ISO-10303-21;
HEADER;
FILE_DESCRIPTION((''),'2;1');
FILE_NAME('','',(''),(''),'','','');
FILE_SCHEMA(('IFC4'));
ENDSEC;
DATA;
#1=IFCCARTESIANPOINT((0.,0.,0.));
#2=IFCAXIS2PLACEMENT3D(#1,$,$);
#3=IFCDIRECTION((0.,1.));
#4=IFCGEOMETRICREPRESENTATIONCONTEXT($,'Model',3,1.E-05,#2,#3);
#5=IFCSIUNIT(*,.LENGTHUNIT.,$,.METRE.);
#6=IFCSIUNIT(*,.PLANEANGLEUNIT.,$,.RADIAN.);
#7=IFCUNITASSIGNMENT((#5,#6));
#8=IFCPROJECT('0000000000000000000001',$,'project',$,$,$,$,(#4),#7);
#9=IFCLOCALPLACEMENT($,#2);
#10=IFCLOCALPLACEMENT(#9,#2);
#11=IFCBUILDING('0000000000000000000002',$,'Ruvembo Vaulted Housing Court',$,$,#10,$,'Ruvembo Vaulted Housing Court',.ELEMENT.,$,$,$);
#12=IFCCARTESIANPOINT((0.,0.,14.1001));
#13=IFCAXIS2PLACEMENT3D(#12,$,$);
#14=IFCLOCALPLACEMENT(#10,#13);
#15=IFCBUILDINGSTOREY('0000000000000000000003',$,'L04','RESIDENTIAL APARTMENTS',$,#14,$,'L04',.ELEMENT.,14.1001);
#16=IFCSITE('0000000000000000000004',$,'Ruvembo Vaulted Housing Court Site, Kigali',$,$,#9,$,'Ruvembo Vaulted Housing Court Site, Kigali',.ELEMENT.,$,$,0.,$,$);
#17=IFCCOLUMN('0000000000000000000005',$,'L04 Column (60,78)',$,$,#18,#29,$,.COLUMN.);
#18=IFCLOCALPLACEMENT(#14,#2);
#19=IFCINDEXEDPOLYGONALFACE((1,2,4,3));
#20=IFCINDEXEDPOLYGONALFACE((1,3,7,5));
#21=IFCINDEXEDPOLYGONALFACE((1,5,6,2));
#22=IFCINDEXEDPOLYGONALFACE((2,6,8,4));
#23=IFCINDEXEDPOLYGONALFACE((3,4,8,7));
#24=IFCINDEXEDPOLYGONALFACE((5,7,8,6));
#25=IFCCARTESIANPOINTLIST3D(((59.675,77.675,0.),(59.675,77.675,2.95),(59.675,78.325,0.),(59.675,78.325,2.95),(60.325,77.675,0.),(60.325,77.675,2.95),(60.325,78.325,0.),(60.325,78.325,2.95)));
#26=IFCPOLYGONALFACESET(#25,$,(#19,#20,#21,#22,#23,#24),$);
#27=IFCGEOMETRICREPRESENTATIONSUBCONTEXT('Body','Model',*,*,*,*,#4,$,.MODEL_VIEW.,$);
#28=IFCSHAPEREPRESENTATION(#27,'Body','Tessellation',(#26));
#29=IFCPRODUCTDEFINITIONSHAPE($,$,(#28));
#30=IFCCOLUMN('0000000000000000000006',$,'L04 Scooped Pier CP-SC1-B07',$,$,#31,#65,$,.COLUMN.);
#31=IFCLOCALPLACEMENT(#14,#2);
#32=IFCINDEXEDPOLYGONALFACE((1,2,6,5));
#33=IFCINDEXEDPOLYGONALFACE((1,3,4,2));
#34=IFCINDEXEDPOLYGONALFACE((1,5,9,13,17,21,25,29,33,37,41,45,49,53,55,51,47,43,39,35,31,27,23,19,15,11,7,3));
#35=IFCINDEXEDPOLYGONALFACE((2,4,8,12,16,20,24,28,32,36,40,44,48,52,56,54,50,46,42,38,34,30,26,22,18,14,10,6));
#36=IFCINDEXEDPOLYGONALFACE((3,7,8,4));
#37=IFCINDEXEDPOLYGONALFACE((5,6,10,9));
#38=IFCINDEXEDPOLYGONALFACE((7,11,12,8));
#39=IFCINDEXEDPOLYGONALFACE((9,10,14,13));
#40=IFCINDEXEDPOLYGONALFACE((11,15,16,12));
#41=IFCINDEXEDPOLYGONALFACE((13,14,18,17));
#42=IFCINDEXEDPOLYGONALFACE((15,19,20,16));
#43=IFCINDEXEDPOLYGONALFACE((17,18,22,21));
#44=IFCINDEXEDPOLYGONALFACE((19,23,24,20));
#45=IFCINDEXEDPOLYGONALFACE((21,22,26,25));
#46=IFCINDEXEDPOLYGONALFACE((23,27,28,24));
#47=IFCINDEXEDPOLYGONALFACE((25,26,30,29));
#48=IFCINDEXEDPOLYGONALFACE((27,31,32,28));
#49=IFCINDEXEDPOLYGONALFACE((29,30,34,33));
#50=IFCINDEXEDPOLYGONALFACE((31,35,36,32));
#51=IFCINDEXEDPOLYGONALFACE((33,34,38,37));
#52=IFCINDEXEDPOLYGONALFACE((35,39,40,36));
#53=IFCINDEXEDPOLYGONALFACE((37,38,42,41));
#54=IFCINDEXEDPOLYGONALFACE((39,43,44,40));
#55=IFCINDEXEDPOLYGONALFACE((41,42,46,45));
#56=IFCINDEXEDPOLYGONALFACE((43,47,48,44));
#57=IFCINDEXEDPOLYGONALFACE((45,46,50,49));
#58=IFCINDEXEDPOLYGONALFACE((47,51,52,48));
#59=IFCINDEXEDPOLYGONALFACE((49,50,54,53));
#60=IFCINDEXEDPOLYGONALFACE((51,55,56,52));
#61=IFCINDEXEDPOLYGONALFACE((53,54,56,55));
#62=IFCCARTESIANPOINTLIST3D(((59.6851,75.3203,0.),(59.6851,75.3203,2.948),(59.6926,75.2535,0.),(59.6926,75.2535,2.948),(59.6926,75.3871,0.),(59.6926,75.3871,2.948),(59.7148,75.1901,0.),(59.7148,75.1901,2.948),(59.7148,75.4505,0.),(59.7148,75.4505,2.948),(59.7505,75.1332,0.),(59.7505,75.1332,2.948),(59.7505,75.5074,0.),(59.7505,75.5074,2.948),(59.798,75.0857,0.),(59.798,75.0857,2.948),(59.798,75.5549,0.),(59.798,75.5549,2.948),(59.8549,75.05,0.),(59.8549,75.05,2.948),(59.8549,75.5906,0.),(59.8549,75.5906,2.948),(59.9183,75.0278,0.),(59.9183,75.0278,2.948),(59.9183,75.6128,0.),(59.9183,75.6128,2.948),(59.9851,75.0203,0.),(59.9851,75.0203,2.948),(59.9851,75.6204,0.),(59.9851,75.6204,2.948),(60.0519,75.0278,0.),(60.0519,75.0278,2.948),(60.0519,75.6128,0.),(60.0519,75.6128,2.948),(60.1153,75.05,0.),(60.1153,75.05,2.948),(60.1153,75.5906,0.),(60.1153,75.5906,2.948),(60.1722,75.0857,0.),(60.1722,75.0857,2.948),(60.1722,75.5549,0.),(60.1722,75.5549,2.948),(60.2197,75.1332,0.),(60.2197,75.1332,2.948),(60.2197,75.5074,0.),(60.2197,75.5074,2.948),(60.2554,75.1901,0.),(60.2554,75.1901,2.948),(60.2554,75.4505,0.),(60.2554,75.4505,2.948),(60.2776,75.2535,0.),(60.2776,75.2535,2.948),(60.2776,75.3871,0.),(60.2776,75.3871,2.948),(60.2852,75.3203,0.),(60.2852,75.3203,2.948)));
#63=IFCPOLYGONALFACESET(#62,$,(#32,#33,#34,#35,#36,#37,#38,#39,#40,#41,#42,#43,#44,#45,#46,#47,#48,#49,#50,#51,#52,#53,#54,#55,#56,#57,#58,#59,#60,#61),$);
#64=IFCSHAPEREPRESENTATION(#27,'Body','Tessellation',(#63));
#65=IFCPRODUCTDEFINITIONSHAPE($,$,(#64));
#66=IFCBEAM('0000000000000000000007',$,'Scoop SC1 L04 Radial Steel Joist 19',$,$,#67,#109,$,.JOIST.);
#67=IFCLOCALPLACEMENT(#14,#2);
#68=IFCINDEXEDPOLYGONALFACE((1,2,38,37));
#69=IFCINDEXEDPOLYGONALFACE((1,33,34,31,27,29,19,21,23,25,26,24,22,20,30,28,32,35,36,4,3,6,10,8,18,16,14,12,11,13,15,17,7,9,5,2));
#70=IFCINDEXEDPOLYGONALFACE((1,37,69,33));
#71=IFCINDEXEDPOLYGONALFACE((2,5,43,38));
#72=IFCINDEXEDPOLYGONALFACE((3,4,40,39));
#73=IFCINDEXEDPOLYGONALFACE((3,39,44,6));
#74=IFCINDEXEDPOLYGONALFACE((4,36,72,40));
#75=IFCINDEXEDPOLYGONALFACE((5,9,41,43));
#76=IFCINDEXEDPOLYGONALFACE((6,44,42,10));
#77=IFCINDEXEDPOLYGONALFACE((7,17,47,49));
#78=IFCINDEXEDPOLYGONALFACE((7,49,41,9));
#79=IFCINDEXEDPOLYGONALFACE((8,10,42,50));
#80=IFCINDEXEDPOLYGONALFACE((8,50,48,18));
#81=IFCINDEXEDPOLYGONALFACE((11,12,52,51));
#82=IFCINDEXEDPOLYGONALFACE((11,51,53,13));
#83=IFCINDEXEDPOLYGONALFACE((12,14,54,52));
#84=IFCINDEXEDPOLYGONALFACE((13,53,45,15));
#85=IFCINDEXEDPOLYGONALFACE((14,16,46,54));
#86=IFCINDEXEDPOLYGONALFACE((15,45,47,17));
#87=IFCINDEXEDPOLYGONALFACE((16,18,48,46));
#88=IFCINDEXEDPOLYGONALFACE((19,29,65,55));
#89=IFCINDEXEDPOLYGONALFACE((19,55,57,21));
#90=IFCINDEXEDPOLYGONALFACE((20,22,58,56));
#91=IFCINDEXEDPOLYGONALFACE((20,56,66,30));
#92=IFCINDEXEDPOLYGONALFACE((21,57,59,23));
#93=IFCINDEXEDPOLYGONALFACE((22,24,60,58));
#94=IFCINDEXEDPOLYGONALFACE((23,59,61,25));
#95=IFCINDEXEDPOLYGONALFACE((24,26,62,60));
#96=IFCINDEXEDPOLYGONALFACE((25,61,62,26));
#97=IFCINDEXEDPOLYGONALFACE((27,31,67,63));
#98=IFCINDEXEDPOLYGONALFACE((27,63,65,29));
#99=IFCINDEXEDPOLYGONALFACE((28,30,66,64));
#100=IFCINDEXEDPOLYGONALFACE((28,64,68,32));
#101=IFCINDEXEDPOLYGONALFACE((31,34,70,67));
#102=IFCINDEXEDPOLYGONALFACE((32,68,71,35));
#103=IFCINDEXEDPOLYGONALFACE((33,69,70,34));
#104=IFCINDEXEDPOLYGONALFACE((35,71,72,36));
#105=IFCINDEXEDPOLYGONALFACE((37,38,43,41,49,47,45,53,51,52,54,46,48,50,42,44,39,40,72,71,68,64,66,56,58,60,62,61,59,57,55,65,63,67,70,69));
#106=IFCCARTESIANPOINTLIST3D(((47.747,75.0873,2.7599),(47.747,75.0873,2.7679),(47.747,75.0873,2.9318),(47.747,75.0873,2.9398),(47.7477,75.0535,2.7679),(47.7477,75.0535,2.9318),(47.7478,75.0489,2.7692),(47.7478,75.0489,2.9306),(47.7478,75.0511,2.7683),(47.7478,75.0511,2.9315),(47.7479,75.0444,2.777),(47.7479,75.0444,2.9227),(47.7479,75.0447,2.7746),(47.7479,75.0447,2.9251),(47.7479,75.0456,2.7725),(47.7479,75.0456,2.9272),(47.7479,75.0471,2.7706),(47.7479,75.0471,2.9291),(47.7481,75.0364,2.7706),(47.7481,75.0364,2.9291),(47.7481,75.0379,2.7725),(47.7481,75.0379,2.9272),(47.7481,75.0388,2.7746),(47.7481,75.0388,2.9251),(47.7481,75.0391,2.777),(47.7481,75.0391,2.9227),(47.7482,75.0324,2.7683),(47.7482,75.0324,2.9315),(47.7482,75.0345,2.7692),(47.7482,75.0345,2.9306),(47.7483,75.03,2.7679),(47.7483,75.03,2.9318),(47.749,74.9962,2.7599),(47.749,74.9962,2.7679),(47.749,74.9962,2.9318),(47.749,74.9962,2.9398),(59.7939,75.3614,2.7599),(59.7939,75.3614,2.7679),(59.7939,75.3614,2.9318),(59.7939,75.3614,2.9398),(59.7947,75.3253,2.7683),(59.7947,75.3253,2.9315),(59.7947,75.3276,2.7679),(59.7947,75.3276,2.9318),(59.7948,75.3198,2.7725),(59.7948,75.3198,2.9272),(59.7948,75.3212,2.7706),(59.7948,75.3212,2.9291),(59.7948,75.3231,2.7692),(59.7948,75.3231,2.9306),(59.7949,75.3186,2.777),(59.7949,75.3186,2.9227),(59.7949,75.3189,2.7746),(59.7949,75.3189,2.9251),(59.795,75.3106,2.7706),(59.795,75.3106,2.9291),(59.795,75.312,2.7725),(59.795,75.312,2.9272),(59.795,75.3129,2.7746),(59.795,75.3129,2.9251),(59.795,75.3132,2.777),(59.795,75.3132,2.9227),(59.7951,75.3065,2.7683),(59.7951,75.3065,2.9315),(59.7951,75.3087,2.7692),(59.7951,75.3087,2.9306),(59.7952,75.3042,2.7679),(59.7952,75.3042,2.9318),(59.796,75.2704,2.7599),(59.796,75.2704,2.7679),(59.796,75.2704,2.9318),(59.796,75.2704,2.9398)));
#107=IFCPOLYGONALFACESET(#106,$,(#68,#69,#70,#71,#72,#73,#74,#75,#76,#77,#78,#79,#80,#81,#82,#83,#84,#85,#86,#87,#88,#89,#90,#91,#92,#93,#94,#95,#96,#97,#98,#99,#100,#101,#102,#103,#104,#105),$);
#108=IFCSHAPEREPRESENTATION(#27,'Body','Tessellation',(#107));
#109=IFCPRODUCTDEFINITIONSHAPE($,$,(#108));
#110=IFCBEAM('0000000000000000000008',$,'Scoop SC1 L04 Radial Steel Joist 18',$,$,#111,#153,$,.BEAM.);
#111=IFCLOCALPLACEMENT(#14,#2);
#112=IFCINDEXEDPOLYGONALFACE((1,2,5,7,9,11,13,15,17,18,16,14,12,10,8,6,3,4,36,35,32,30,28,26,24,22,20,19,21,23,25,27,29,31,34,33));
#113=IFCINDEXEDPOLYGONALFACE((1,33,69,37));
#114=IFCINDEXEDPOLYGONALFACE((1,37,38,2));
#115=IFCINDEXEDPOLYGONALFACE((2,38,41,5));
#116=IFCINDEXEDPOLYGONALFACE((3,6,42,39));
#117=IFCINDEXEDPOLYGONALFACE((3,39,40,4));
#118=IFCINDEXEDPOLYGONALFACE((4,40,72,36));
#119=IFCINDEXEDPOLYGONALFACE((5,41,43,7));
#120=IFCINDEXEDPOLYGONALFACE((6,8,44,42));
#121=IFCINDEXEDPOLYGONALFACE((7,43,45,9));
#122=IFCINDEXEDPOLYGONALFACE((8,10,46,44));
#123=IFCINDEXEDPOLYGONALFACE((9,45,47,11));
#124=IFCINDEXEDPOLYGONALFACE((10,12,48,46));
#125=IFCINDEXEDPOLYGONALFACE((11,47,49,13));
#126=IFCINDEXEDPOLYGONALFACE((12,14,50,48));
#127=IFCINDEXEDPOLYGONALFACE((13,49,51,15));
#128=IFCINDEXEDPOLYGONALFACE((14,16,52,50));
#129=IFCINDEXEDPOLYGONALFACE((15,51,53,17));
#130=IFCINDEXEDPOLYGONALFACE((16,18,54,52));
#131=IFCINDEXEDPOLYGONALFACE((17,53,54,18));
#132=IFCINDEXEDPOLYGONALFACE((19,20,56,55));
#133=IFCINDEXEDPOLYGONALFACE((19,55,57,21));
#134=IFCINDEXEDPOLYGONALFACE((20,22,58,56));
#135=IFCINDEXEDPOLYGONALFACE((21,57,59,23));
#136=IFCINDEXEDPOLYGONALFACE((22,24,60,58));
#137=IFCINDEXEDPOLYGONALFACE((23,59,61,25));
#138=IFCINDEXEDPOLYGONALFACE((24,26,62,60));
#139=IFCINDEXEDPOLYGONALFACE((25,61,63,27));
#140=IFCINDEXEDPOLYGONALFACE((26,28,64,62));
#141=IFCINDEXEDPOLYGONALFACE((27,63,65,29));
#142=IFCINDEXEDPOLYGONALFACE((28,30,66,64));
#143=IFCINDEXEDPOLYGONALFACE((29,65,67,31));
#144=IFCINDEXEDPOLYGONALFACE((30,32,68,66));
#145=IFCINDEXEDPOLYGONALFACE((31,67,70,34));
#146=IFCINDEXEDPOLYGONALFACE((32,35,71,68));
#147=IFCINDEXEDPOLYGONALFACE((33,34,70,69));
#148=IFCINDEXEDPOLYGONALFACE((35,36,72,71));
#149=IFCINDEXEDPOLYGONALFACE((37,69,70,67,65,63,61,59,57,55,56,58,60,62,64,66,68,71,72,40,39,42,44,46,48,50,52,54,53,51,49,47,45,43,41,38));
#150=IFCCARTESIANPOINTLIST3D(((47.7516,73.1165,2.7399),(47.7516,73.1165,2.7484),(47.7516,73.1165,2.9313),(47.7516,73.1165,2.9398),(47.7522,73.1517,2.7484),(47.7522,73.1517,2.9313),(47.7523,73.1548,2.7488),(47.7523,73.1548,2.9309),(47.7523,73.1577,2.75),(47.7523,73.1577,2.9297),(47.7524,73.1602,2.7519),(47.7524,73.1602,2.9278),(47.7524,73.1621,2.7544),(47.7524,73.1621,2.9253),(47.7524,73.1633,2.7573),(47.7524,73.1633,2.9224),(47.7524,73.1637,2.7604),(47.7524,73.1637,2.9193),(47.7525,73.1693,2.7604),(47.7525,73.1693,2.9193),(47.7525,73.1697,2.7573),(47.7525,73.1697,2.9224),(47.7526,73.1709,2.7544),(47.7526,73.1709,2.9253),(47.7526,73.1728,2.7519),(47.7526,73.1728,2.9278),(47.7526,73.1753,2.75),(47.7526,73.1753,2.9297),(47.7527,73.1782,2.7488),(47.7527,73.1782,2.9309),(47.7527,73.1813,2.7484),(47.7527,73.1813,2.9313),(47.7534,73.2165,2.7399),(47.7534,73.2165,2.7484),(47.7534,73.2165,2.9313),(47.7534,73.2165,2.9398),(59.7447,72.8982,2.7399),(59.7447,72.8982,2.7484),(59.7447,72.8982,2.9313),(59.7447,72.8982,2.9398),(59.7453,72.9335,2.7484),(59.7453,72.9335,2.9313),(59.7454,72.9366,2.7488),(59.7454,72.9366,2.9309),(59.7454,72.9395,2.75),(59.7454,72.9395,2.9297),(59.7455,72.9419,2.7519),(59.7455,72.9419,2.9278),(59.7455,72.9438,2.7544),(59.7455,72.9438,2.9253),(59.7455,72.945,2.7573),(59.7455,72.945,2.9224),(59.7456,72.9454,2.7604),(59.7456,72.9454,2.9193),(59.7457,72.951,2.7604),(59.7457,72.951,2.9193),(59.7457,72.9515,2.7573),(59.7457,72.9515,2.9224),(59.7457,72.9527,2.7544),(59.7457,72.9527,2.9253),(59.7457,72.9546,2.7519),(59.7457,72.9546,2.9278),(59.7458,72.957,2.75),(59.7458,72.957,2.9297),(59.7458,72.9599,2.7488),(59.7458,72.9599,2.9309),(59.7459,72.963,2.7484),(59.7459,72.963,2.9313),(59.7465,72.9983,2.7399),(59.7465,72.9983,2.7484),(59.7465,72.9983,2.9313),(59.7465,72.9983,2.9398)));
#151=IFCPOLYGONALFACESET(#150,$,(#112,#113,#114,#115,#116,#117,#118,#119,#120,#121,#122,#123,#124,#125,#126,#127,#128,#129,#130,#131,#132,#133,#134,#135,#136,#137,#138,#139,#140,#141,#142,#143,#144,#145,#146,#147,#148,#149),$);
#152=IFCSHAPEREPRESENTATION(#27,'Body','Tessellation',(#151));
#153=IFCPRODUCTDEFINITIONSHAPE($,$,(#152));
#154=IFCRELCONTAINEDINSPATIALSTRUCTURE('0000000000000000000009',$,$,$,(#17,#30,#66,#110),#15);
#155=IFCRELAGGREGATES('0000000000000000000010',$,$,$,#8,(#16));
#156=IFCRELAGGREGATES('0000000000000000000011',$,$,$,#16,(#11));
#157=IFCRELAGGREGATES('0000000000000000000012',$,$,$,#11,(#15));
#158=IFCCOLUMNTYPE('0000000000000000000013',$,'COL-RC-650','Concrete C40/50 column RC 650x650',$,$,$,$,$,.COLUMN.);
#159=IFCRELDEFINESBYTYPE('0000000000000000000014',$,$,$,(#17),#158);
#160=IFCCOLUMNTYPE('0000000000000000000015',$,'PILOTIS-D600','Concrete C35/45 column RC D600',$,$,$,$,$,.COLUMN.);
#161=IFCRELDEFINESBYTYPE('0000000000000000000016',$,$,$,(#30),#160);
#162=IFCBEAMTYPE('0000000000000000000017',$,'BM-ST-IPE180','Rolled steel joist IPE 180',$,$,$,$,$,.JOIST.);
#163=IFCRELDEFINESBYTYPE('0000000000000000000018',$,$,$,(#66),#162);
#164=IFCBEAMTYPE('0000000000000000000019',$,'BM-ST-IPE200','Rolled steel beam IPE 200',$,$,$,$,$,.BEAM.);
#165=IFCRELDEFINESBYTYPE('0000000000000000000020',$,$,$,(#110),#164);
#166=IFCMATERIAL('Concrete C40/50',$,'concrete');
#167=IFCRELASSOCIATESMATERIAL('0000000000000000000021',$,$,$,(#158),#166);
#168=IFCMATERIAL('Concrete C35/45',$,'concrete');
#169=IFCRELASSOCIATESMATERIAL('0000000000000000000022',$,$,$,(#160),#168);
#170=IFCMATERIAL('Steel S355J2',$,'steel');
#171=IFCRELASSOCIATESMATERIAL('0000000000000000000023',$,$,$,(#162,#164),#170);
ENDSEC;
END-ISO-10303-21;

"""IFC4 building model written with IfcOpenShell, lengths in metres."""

from ifc_helpers import new_model, si_unit, direction, frame, origin, origin_2d, place, context, subcontext, project, spatial, rectangle, circle, i_section, extrude, material, material_profile, profile_set, type_object, element, save


model = new_model("IFC4")

# Units and contexts
model_context = context("Model", 3, precision=1e-05, world=origin(), true_north=direction((0.0, 1.0)))
body_context = subcontext(model_context, "Body", "Model", "MODEL_VIEW")
ifc_project = project(units=[si_unit("LENGTHUNIT", "METRE"), si_unit("PLANEANGLEUNIT", "RADIAN")], contexts=[model_context])

# Site, building, storey
site_placement = place(None, origin())
site = spatial("IfcSite", under=ifc_project, at=site_placement, Name="Ruvembo Vaulted Housing Court Site, Kigali", LongName="Ruvembo Vaulted Housing Court Site, Kigali", CompositionType="ELEMENT", RefElevation=0.0)
building_placement = place(site_placement, origin())
building = spatial("IfcBuilding", under=site, at=building_placement, Name="Ruvembo Vaulted Housing Court", LongName="Ruvembo Vaulted Housing Court", CompositionType="ELEMENT")
storey_placement = place(building_placement, frame((0.0, 0.0, 14.1001)))
storey = spatial("IfcBuildingStorey", under=building, at=storey_placement, Name="L04", Description="RESIDENTIAL APARTMENTS", LongName="L04", CompositionType="ELEMENT", Elevation=14.1001)

# Columns
ifc_material_1 = material(Name="Concrete C40/50", Category="concrete")
ifc_material_profile_1 = material_profile(ifc_material_1, rectangle(XDim=0.6499, YDim=0.6499, at=origin_2d()), Name="RC 650x650")
ifc_profile_set_1 = profile_set([ifc_material_profile_1], Name="Concrete C40/50")
column_type_1 = type_object("IfcColumnType", Name="COL-RC-650", Description="Concrete C40/50 column RC 650x650", PredefinedType="COLUMN", material=ifc_profile_set_1)
column_1_placement = place(storey_placement, frame((60.0, 78.0, 0.0), z_axis=(0.0, 0.0, 1.0), x_axis=(1.0, 0.0, 0.0)))
element("IfcColumn", 1, at=column_1_placement, inside=storey, type_object=column_type_1, Name="L04 Column (60,78)", PredefinedType="COLUMN", context=body_context, shape_type="SweptSolid", body=[
    extrude(rectangle(XDim=0.6499, YDim=0.6499, at=origin_2d()), origin(), (0.0, 0.0, 1.0), 2.95),
])
ifc_material_2 = material(Name="Concrete C35/45", Category="concrete")
ifc_material_profile_2 = material_profile(ifc_material_2, circle(Radius=0.3, at=origin_2d()), Name="RC D600")
ifc_profile_set_2 = profile_set([ifc_material_profile_2], Name="Concrete C35/45")
column_type_2 = type_object("IfcColumnType", Name="PILOTIS-D600", Description="Concrete C35/45 column RC D600", PredefinedType="COLUMN", material=ifc_profile_set_2)
column_2_placement = place(storey_placement, frame((59.9851, 75.3203, 0.0), z_axis=(0.0, 0.0, 1.0), x_axis=(1.0, 0.0, 0.0)))
element("IfcColumn", 2, at=column_2_placement, inside=storey, type_object=column_type_2, Name="L04 Scooped Pier CP-SC1-B07", PredefinedType="COLUMN", context=body_context, shape_type="SweptSolid", body=[
    extrude(circle(Radius=0.3, at=origin_2d()), origin(), (0.0, 0.0, 1.0), 2.948),
])

# Beams
ifc_material_3 = material(Name="Steel S355J2", Category="steel")
ifc_material_profile_3 = material_profile(ifc_material_3, i_section(OverallWidth=0.0911, OverallDepth=0.1799, WebThickness=0.0054, FlangeThickness=0.0081, FilletRadius=0.009, at=origin_2d()), Name="IPE 180")
ifc_profile_set_3 = profile_set([ifc_material_profile_3], Name="Steel S355J2")
beam_type_1 = type_object("IfcBeamType", Name="BM-ST-IPE180", Description="Rolled steel joist IPE 180", PredefinedType="JOIST", material=ifc_profile_set_3)
beam_1_placement = place(storey_placement, frame((59.7949, 75.3159, 2.8499), z_axis=(-0.999741, -0.022753, 0.0), x_axis=(0.022753, -0.999741, 0.0)))
element("IfcBeam", 3, at=beam_1_placement, inside=storey, type_object=beam_type_1, Name="Scoop SC1 L04 Radial Steel Joist 19", PredefinedType="JOIST", context=body_context, shape_type="SweptSolid", body=[
    extrude(i_section(OverallWidth=0.0911, OverallDepth=0.1799, WebThickness=0.0054, FlangeThickness=0.0081, FilletRadius=0.009, at=origin_2d()), origin(), (0.0, 0.0, 1.0), 12.05),
])
ifc_material_profile_4 = material_profile(ifc_material_3, i_section(OverallWidth=0.1001, OverallDepth=0.2, WebThickness=0.0056, FlangeThickness=0.0085, FilletRadius=0.012, at=origin_2d()), Name="IPE 200")
ifc_profile_set_4 = profile_set([ifc_material_profile_4], Name="Steel S355J2")
beam_type_2 = type_object("IfcBeamType", Name="BM-ST-IPE200", Description="Rolled steel beam IPE 200", PredefinedType="BEAM", material=ifc_profile_set_4)
beam_2_placement = place(storey_placement, frame((59.7456, 72.9482, 2.8398), z_axis=(-0.999834, 0.018196, 0.0), x_axis=(-0.018196, -0.999834, 0.0)))
element("IfcBeam", 4, at=beam_2_placement, inside=storey, type_object=beam_type_2, Name="Scoop SC1 L04 Radial Steel Joist 18", PredefinedType="BEAM", context=body_context, shape_type="SweptSolid", body=[
    extrude(i_section(OverallWidth=0.1001, OverallDepth=0.2, WebThickness=0.0056, FlangeThickness=0.0085, FilletRadius=0.012, at=origin_2d()), origin(), (0.0, 0.0, 1.0), 11.9951),
])

save(model, "model.ifc")
